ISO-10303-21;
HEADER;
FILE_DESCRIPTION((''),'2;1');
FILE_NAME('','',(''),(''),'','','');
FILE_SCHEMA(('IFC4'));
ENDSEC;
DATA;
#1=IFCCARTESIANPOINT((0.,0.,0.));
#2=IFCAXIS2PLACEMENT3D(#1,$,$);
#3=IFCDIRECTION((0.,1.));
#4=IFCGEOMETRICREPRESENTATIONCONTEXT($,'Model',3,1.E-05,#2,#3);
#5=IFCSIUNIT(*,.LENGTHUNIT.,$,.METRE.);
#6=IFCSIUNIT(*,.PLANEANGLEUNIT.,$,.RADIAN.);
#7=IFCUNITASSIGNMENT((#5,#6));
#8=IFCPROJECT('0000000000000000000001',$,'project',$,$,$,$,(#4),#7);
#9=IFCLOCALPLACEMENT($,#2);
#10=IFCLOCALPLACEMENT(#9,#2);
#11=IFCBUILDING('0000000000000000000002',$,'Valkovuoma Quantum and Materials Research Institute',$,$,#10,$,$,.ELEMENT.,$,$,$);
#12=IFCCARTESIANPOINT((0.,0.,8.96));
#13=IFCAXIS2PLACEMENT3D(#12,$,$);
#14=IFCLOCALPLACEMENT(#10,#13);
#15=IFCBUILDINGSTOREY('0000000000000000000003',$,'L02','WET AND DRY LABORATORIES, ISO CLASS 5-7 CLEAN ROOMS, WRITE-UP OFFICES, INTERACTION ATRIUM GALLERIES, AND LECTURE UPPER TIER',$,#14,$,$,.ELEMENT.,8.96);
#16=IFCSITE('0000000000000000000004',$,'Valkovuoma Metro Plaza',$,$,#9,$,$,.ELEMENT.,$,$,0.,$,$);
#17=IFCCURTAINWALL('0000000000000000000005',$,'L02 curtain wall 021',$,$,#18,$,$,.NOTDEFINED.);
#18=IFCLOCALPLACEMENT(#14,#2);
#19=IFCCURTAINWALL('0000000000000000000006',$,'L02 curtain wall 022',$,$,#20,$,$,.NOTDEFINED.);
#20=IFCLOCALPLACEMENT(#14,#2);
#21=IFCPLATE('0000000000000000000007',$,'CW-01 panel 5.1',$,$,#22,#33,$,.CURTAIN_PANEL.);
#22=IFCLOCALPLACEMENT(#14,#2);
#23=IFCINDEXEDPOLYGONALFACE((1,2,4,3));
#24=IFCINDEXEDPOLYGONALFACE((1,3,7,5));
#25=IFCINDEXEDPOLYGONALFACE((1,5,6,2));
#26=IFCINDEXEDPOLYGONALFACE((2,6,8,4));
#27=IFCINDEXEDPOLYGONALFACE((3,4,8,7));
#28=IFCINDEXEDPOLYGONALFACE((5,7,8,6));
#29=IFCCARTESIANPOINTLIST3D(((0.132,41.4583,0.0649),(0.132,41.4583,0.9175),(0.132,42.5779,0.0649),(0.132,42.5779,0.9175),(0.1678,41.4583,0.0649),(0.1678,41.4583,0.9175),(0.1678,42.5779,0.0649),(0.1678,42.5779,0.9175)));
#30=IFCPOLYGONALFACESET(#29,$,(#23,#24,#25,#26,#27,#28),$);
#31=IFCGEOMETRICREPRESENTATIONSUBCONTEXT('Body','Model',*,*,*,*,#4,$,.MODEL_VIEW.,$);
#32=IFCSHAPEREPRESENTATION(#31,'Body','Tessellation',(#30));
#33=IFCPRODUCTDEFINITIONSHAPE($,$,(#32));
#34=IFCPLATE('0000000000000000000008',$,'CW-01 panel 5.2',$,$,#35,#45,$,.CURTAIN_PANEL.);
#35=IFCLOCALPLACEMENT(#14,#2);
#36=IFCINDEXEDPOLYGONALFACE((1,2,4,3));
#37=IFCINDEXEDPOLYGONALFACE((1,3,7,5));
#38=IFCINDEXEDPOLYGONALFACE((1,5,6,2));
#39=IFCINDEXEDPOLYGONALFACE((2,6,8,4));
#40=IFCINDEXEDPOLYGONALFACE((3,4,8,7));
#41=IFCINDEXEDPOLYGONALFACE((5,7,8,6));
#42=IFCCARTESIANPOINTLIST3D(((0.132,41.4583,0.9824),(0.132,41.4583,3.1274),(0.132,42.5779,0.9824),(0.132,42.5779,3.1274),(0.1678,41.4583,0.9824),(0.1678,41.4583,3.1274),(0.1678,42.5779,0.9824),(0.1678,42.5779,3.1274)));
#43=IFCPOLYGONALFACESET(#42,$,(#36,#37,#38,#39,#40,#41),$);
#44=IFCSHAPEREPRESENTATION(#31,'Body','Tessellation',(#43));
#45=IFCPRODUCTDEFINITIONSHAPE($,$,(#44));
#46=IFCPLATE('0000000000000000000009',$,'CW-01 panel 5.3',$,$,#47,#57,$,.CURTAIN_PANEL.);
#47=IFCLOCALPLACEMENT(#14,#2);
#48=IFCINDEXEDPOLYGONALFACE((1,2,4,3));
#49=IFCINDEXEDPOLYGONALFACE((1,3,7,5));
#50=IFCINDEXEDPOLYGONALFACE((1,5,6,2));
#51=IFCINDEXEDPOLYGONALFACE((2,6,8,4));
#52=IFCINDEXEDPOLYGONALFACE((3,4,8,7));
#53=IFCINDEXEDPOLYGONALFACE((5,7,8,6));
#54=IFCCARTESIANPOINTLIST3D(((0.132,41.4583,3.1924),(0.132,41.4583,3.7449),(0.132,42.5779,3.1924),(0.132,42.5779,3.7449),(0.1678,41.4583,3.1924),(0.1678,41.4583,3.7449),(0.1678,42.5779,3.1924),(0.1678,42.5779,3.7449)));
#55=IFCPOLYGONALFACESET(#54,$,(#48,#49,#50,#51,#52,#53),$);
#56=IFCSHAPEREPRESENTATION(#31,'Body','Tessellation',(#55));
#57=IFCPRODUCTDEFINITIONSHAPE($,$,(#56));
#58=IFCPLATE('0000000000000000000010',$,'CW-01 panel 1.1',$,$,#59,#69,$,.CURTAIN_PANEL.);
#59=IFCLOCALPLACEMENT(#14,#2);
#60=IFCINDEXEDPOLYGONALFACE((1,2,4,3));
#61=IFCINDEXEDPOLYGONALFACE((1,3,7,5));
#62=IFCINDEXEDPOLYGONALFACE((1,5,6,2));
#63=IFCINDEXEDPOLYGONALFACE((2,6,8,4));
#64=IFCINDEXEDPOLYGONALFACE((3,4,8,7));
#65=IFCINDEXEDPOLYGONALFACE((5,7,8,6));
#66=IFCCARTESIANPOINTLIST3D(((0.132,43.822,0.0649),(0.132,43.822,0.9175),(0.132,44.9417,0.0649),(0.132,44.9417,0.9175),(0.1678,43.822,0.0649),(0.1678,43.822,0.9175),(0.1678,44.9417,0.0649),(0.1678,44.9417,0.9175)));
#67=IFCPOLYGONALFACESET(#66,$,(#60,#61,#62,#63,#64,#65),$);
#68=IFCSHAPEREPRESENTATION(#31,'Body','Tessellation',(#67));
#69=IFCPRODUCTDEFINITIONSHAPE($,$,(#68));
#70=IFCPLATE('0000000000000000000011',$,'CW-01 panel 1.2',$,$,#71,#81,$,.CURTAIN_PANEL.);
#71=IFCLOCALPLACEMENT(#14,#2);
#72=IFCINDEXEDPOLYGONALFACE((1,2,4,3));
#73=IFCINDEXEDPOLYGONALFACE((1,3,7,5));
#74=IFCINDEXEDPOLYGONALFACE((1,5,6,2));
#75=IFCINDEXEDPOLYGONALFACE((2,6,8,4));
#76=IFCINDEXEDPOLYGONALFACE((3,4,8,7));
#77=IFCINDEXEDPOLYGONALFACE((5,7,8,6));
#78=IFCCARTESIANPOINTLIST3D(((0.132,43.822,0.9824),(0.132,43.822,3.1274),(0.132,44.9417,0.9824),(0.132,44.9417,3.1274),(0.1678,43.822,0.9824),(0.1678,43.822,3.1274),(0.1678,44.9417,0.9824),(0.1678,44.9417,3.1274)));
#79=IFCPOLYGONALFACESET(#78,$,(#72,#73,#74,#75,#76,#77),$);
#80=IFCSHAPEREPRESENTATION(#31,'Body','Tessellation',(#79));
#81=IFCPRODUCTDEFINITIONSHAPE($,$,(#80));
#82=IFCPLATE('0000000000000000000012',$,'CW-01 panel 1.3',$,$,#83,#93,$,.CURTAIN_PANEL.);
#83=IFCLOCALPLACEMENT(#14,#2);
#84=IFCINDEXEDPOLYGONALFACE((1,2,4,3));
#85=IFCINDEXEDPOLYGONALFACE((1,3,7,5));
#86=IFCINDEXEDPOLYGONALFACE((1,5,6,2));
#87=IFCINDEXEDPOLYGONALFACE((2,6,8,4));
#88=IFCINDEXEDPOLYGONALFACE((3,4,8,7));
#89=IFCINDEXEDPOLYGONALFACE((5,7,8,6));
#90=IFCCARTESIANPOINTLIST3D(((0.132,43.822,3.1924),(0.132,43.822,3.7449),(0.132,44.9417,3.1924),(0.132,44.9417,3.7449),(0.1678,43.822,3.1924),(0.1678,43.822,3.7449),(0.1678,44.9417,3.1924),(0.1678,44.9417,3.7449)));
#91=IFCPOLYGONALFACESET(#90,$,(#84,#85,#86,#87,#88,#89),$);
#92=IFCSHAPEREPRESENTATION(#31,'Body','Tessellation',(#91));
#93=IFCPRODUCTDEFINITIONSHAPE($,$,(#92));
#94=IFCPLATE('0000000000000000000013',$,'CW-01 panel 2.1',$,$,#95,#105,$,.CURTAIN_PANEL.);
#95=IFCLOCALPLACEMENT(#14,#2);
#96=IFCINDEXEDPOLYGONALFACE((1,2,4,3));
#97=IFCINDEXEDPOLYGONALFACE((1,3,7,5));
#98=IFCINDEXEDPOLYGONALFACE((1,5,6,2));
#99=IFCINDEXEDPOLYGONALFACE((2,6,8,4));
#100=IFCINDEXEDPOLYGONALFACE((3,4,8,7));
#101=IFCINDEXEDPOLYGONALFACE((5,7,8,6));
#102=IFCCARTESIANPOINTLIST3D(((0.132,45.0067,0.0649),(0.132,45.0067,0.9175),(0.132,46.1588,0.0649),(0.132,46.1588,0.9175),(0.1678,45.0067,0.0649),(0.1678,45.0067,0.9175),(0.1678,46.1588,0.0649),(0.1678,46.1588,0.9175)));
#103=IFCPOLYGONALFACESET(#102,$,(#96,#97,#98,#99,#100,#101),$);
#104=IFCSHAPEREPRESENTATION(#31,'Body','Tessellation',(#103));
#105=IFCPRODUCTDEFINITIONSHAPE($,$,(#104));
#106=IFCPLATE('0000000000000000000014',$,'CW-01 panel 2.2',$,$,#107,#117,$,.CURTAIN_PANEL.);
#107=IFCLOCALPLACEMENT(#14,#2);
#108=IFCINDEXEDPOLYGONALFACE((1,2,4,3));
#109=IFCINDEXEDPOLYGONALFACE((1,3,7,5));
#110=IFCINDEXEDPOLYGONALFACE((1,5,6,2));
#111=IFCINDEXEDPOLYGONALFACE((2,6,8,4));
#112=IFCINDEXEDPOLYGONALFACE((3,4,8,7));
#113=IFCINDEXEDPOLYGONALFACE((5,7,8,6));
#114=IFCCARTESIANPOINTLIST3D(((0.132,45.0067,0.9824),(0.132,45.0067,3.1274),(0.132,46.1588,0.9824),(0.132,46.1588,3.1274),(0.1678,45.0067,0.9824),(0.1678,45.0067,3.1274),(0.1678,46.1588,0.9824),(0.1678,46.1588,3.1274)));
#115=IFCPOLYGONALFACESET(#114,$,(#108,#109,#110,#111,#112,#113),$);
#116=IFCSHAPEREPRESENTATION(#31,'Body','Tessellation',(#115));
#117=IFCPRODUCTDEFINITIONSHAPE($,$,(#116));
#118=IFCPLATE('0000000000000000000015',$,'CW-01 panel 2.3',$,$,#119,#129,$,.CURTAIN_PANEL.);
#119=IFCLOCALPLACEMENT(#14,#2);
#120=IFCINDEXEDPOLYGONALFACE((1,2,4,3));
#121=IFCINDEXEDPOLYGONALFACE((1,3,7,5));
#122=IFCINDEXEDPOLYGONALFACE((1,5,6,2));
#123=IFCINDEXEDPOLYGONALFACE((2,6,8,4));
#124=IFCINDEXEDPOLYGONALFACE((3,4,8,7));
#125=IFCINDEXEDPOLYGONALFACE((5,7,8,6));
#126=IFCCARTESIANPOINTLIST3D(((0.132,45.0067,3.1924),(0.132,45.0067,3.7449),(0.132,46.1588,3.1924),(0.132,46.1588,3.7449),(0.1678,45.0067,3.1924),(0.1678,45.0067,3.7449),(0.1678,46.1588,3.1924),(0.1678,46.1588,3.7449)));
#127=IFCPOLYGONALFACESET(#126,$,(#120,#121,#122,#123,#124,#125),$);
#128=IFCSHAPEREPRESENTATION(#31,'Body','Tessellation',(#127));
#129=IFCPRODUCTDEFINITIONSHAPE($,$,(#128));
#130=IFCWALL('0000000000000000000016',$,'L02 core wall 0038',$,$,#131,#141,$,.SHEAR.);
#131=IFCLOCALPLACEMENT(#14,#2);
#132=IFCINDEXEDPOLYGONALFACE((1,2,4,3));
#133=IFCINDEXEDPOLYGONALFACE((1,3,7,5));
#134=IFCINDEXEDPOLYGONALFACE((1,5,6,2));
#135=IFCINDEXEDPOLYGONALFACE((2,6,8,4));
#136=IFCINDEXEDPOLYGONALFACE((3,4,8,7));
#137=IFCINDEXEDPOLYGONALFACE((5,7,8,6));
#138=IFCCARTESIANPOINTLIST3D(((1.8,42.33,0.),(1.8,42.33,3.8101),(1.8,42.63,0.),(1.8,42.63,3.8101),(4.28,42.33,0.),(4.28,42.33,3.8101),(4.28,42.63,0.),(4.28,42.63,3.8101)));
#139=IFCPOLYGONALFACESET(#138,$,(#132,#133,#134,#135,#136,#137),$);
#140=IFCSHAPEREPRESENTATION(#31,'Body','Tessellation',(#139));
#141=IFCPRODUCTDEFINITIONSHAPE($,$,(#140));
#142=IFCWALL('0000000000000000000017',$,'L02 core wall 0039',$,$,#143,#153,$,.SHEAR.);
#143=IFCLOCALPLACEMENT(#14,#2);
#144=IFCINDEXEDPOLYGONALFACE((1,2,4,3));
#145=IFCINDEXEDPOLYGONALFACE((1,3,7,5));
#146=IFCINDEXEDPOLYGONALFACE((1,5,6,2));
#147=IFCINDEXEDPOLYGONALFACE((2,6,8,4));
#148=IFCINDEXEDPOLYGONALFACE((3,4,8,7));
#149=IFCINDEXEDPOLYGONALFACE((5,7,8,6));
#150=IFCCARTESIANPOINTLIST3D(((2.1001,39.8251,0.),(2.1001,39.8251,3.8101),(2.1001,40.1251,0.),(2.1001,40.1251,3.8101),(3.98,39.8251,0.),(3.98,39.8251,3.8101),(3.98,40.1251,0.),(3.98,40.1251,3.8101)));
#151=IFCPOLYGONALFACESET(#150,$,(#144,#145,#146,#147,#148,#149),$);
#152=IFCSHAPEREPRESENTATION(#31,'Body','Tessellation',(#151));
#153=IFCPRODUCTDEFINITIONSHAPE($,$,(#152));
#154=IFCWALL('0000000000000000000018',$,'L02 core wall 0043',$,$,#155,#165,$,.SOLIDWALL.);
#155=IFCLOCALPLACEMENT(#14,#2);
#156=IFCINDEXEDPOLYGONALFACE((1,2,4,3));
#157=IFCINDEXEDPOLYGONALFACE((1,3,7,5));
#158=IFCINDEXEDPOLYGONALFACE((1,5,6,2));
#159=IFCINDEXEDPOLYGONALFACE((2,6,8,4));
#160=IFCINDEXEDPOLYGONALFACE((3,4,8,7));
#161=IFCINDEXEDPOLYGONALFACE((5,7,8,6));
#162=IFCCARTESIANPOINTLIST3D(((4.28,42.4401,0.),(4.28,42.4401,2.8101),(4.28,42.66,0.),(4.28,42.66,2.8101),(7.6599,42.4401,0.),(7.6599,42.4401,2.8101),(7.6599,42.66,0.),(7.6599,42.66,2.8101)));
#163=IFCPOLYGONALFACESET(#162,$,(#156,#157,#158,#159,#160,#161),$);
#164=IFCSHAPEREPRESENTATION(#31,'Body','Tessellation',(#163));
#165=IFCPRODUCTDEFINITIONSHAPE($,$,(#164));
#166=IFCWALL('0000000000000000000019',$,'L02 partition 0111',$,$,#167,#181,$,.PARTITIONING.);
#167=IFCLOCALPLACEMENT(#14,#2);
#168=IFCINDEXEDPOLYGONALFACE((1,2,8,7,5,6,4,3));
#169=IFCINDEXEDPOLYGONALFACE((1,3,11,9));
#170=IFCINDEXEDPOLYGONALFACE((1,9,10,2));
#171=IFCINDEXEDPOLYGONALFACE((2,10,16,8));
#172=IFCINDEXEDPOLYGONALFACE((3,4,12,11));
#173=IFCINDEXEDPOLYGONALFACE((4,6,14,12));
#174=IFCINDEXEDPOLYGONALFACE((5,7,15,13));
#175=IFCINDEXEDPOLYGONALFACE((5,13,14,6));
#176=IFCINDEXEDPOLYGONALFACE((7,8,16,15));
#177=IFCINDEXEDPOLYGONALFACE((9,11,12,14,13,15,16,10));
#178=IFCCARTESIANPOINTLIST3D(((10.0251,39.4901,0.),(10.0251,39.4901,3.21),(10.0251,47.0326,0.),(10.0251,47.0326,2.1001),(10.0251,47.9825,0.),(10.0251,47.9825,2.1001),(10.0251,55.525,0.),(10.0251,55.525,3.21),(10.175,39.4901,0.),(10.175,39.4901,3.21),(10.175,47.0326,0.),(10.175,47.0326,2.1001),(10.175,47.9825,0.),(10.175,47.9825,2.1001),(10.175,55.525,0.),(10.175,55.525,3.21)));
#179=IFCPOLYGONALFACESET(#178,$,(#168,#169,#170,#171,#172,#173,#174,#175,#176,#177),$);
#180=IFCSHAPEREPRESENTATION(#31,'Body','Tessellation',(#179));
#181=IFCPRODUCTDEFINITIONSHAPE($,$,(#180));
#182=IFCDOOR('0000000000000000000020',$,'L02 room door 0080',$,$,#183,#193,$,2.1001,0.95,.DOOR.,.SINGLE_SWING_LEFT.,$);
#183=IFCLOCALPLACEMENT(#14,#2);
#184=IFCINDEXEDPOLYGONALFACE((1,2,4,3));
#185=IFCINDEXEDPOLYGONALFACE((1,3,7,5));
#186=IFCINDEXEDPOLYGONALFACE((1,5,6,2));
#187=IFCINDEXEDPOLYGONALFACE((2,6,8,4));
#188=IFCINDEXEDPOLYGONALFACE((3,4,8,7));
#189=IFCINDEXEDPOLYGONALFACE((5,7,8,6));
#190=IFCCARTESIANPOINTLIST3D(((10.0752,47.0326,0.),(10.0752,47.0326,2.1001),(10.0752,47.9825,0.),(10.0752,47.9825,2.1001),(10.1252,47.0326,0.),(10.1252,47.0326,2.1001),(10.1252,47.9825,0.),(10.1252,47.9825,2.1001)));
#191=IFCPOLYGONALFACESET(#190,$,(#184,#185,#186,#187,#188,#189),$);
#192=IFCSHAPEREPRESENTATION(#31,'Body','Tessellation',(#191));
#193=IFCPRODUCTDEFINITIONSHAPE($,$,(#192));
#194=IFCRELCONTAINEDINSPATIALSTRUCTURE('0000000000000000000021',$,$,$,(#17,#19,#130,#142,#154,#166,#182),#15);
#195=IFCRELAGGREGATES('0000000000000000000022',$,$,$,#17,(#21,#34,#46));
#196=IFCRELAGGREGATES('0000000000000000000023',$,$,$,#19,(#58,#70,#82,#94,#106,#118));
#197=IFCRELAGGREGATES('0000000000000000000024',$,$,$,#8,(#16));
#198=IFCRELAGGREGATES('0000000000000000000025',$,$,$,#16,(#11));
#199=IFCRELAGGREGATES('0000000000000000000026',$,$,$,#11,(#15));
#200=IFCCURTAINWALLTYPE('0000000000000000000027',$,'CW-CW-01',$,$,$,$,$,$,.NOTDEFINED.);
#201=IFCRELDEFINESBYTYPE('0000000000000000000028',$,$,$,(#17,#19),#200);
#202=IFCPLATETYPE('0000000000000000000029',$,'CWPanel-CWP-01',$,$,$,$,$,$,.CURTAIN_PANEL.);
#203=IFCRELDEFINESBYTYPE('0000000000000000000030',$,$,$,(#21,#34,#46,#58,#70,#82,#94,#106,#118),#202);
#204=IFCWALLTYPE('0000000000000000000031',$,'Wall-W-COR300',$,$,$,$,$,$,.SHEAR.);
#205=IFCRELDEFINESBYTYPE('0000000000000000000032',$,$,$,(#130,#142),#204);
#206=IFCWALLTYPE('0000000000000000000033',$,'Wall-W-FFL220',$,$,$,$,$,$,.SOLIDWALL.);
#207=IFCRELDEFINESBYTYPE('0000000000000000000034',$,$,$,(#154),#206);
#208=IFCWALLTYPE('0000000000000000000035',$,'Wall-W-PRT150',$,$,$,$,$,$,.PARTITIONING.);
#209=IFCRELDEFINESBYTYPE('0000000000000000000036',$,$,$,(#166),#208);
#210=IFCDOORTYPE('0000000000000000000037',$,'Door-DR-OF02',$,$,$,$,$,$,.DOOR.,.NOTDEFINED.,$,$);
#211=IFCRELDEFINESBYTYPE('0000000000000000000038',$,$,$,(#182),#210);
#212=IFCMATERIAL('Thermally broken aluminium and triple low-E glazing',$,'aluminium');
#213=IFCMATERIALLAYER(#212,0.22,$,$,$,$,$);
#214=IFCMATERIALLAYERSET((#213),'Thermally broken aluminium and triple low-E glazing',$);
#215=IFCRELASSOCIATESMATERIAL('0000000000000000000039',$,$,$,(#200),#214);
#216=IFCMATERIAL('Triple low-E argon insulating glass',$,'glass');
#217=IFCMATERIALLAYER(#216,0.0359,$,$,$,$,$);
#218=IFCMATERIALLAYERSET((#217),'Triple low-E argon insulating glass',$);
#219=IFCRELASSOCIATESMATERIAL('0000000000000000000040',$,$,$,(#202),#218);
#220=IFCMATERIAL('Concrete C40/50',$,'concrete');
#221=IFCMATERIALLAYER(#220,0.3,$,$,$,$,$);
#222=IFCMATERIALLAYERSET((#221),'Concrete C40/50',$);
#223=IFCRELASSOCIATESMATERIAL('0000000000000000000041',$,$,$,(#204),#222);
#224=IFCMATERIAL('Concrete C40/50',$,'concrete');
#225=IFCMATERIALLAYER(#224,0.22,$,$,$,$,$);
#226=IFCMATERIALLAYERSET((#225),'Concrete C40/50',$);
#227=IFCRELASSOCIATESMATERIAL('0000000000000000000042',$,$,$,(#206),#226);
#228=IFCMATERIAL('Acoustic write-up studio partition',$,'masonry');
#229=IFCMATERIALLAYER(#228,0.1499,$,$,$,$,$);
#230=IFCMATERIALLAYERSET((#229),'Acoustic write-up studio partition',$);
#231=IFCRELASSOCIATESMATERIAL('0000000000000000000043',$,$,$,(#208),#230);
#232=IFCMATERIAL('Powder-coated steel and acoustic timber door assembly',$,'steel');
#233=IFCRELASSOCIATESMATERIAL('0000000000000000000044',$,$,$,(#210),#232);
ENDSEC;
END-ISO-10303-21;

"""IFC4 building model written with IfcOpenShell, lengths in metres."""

from ifc_helpers import new_model, si_unit, direction, frame, frame_2d, origin, origin_2d, place, context, subcontext, project, spatial, rectangle, extrude, material, layer, layer_set, type_object, element, fill, aggregate, save


model = new_model("IFC4")

# Units and contexts
model_context = context("Model", 3, precision=1e-05, world=origin(), true_north=direction((0.0, 1.0)))
body_context = subcontext(model_context, "Body", "Model", "MODEL_VIEW")
ifc_project = project(units=[si_unit("LENGTHUNIT", "METRE"), si_unit("PLANEANGLEUNIT", "RADIAN")], contexts=[model_context])

# Site, building, storey
site_placement = place(None, origin())
site = spatial("IfcSite", under=ifc_project, at=site_placement, Name="Valkovuoma Metro Plaza", CompositionType="ELEMENT", RefElevation=0.0)
building_placement = place(site_placement, origin())
building = spatial("IfcBuilding", under=site, at=building_placement, Name="Valkovuoma Quantum and Materials Research Institute", CompositionType="ELEMENT")
storey_placement = place(building_placement, frame((0.0, 0.0, 8.96)))
storey = spatial("IfcBuildingStorey", under=building, at=storey_placement, Name="L02", Description="WET AND DRY LABORATORIES, ISO CLASS 5-7 CLEAN ROOMS, WRITE-UP OFFICES, INTERACTION ATRIUM GALLERIES, AND LECTURE UPPER TIER", CompositionType="ELEMENT", Elevation=8.96)

# Curtain wall
ifc_material_1 = material(Name="Thermally broken aluminium and triple low-E glazing", Category="aluminium")
ifc_layer_1 = layer(ifc_material_1, 0.22)
ifc_layer_set_1 = layer_set([ifc_layer_1], Name="Thermally broken aluminium and triple low-E glazing")
curtain_wall_type = type_object("IfcCurtainWallType", Name="CW-CW-01", PredefinedType="NOTDEFINED", material=ifc_layer_set_1)
curtain_wall_1_placement = place(storey_placement, origin())
curtain_wall_1 = element("IfcCurtainWall", 1, at=curtain_wall_1_placement, inside=storey, type_object=curtain_wall_type, Name="L02 curtain wall 021", PredefinedType="NOTDEFINED")

# Curtain wall
curtain_wall_2_placement = place(storey_placement, origin())
curtain_wall_2 = element("IfcCurtainWall", 2, at=curtain_wall_2_placement, inside=storey, type_object=curtain_wall_type, Name="L02 curtain wall 022", PredefinedType="NOTDEFINED")

# Plates
ifc_material_2 = material(Name="Triple low-E argon insulating glass", Category="glass")
ifc_layer_2 = layer(ifc_material_2, 0.0359)
ifc_layer_set_2 = layer_set([ifc_layer_2], Name="Triple low-E argon insulating glass")
plate_type = type_object("IfcPlateType", Name="CWPanel-CWP-01", PredefinedType="CURTAIN_PANEL", material=ifc_layer_set_2)
plate_1_placement = place(storey_placement, frame((0.1499, 42.0181, 0.0649), z_axis=(0.0, 0.0, 1.0), x_axis=(0.0, 1.0, 0.0)))
plate_1 = element("IfcPlate", 3, at=plate_1_placement, type_object=plate_type, Name="CW-01 panel 5.1", PredefinedType="CURTAIN_PANEL", context=body_context, shape_type="SweptSolid", body=[
    extrude(rectangle(XDim=1.1196, YDim=0.0359, at=origin_2d()), origin(), (0.0, 0.0, 1.0), 0.8525),
])
plate_2_placement = place(storey_placement, frame((0.1499, 42.0181, 0.9824), z_axis=(0.0, 0.0, 1.0), x_axis=(0.0, 1.0, 0.0)))
plate_2 = element("IfcPlate", 4, at=plate_2_placement, type_object=plate_type, Name="CW-01 panel 5.2", PredefinedType="CURTAIN_PANEL", context=body_context, shape_type="SweptSolid", body=[
    extrude(rectangle(XDim=1.1196, YDim=0.0359, at=origin_2d()), origin(), (0.0, 0.0, 1.0), 2.145),
])
plate_3_placement = place(storey_placement, frame((0.1499, 42.0181, 3.1924), z_axis=(0.0, 0.0, 1.0), x_axis=(0.0, 1.0, 0.0)))
plate_3 = element("IfcPlate", 5, at=plate_3_placement, type_object=plate_type, Name="CW-01 panel 5.3", PredefinedType="CURTAIN_PANEL", context=body_context, shape_type="SweptSolid", body=[
    extrude(rectangle(XDim=1.1196, YDim=0.0359, at=origin_2d()), origin(), (0.0, 0.0, 1.0), 0.5525),
])
aggregate(curtain_wall_1, [plate_1, plate_2, plate_3])
plate_4_placement = place(storey_placement, frame((0.1499, 44.3818, 0.0649), z_axis=(0.0, 0.0, 1.0), x_axis=(0.0, 1.0, 0.0)))
plate_4 = element("IfcPlate", 6, at=plate_4_placement, type_object=plate_type, Name="CW-01 panel 1.1", PredefinedType="CURTAIN_PANEL", context=body_context, shape_type="SweptSolid", body=[
    extrude(rectangle(XDim=1.1196, YDim=0.0359, at=origin_2d()), origin(), (0.0, 0.0, 1.0), 0.8525),
])
plate_5_placement = place(storey_placement, frame((0.1499, 44.3818, 0.9824), z_axis=(0.0, 0.0, 1.0), x_axis=(0.0, 1.0, 0.0)))
plate_5 = element("IfcPlate", 7, at=plate_5_placement, type_object=plate_type, Name="CW-01 panel 1.2", PredefinedType="CURTAIN_PANEL", context=body_context, shape_type="SweptSolid", body=[
    extrude(rectangle(XDim=1.1196, YDim=0.0359, at=origin_2d()), origin(), (0.0, 0.0, 1.0), 2.145),
])
plate_6_placement = place(storey_placement, frame((0.1499, 44.3818, 3.1924), z_axis=(0.0, 0.0, 1.0), x_axis=(0.0, 1.0, 0.0)))
plate_6 = element("IfcPlate", 8, at=plate_6_placement, type_object=plate_type, Name="CW-01 panel 1.3", PredefinedType="CURTAIN_PANEL", context=body_context, shape_type="SweptSolid", body=[
    extrude(rectangle(XDim=1.1196, YDim=0.0359, at=origin_2d()), origin(), (0.0, 0.0, 1.0), 0.5525),
])
plate_7_placement = place(storey_placement, frame((0.1499, 45.5828, 0.0649), z_axis=(0.0, 0.0, 1.0), x_axis=(0.0, 1.0, 0.0)))
plate_7 = element("IfcPlate", 9, at=plate_7_placement, type_object=plate_type, Name="CW-01 panel 2.1", PredefinedType="CURTAIN_PANEL", context=body_context, shape_type="SweptSolid", body=[
    extrude(rectangle(XDim=1.1521, YDim=0.0359, at=origin_2d()), origin(), (0.0, 0.0, 1.0), 0.8525),
])
plate_8_placement = place(storey_placement, frame((0.1499, 45.5828, 0.9824), z_axis=(0.0, 0.0, 1.0), x_axis=(0.0, 1.0, 0.0)))
plate_8 = element("IfcPlate", 10, at=plate_8_placement, type_object=plate_type, Name="CW-01 panel 2.2", PredefinedType="CURTAIN_PANEL", context=body_context, shape_type="SweptSolid", body=[
    extrude(rectangle(XDim=1.1521, YDim=0.0359, at=origin_2d()), origin(), (0.0, 0.0, 1.0), 2.145),
])
plate_9_placement = place(storey_placement, frame((0.1499, 45.5828, 3.1924), z_axis=(0.0, 0.0, 1.0), x_axis=(0.0, 1.0, 0.0)))
plate_9 = element("IfcPlate", 11, at=plate_9_placement, type_object=plate_type, Name="CW-01 panel 2.3", PredefinedType="CURTAIN_PANEL", context=body_context, shape_type="SweptSolid", body=[
    extrude(rectangle(XDim=1.1521, YDim=0.0359, at=origin_2d()), origin(), (0.0, 0.0, 1.0), 0.5525),
])
aggregate(curtain_wall_2, [plate_4, plate_5, plate_6, plate_7, plate_8, plate_9])

# Walls
ifc_material_3 = material(Name="Concrete C40/50", Category="concrete")
ifc_layer_3 = layer(ifc_material_3, 0.3)
ifc_layer_set_3 = layer_set([ifc_layer_3], Name="Concrete C40/50")
wall_type_1 = type_object("IfcWallType", Name="Wall-W-COR300", PredefinedType="SHEAR", material=ifc_layer_set_3)
wall_1_placement = place(storey_placement, frame((1.8, 42.48, 0.0), z_axis=(0.0, 0.0, 1.0), x_axis=(1.0, 0.0, 0.0)))
element("IfcWall", 12, at=wall_1_placement, inside=storey, type_object=wall_type_1, Name="L02 core wall 0038", PredefinedType="SHEAR", context=body_context, shape_type="SweptSolid", body=[
    extrude(rectangle(XDim=2.48, YDim=0.3, at=frame_2d((1.24, 0.0))), origin(), (0.0, 0.0, 1.0), 3.8101),
])
wall_2_placement = place(storey_placement, frame((2.1001, 39.9751, 0.0), z_axis=(0.0, 0.0, 1.0), x_axis=(1.0, 0.0, 0.0)))
element("IfcWall", 13, at=wall_2_placement, inside=storey, type_object=wall_type_1, Name="L02 core wall 0039", PredefinedType="SHEAR", context=body_context, shape_type="SweptSolid", body=[
    extrude(rectangle(XDim=1.8799, YDim=0.3, at=frame_2d((0.9399, 0.0))), origin(), (0.0, 0.0, 1.0), 3.8101),
])
ifc_material_4 = material(Name="Concrete C40/50", Category="concrete")
ifc_layer_4 = layer(ifc_material_4, 0.22)
ifc_layer_set_4 = layer_set([ifc_layer_4], Name="Concrete C40/50")
wall_type_2 = type_object("IfcWallType", Name="Wall-W-FFL220", PredefinedType="SOLIDWALL", material=ifc_layer_set_4)
wall_3_placement = place(storey_placement, frame((4.28, 42.55, 0.0), z_axis=(0.0, 0.0, 1.0), x_axis=(1.0, 0.0, 0.0)))
element("IfcWall", 14, at=wall_3_placement, inside=storey, type_object=wall_type_2, Name="L02 core wall 0043", PredefinedType="SOLIDWALL", context=body_context, shape_type="SweptSolid", body=[
    extrude(rectangle(XDim=3.3799, YDim=0.22, at=frame_2d((1.6899, 0.0))), origin(), (0.0, 0.0, 1.0), 2.8101),
])

# Wall, opening, door
ifc_material_5 = material(Name="Acoustic write-up studio partition", Category="masonry")
ifc_layer_5 = layer(ifc_material_5, 0.1499)
ifc_layer_set_5 = layer_set([ifc_layer_5], Name="Acoustic write-up studio partition")
wall_type_3 = type_object("IfcWallType", Name="Wall-W-PRT150", PredefinedType="PARTITIONING", material=ifc_layer_set_5)
wall_4_placement = place(storey_placement, frame((10.1001, 39.49, 0.0), z_axis=(0.0, 0.0, 1.0), x_axis=(0.0, 1.0, 0.0)))
wall_4 = element("IfcWall", 15, at=wall_4_placement, inside=storey, type_object=wall_type_3, Name="L02 partition 0111", PredefinedType="PARTITIONING", context=body_context, shape_type="SweptSolid", body=[
    extrude(rectangle(XDim=16.0349, YDim=0.1499, at=frame_2d((8.0176, 0.0))), origin(), (0.0, 0.0, 1.0), 3.21),
])
opening_1_placement = place(wall_4_placement, frame((7.5425, 0.0, 0.0)))
opening_1 = element("IfcOpeningElement", 16, at=opening_1_placement, cuts=wall_4, PredefinedType="OPENING", context=body_context, shape_type="SweptSolid", body=[
    extrude(rectangle(XDim=0.95, YDim=2.1001, at=frame_2d((0.4751, 1.05))), frame((0.0, 0.085, 0.0), z_axis=(0.0, -1.0, 0.0), x_axis=(1.0, 0.0, 0.0)), (0.0, 0.0, 1.0), 0.1699),
])
ifc_material_6 = material(Name="Powder-coated steel and acoustic timber door assembly", Category="steel")
door_type_1 = type_object("IfcDoorType", Name="Door-DR-OF02", OperationType="NOTDEFINED", PredefinedType="DOOR", material=ifc_material_6)
door_1_placement = place(opening_1_placement, origin())
door_1 = element("IfcDoor", 17, at=door_1_placement, inside=storey, type_object=door_type_1, Name="L02 room door 0080", OperationType="SINGLE_SWING_LEFT", OverallHeight=2.1001, OverallWidth=0.95, PredefinedType="DOOR", context=body_context, shape_type="SweptSolid", body=[
    extrude(rectangle(XDim=0.95, YDim=2.1001, at=frame_2d((0.4751, 1.05))), frame((0.0, 0.0249, 0.0), z_axis=(0.0, -1.0, 0.0), x_axis=(1.0, 0.0, 0.0)), (0.0, 0.0, 1.0), 0.05),
])
fill(opening_1, door_1)

save(model, "model.ifc")
